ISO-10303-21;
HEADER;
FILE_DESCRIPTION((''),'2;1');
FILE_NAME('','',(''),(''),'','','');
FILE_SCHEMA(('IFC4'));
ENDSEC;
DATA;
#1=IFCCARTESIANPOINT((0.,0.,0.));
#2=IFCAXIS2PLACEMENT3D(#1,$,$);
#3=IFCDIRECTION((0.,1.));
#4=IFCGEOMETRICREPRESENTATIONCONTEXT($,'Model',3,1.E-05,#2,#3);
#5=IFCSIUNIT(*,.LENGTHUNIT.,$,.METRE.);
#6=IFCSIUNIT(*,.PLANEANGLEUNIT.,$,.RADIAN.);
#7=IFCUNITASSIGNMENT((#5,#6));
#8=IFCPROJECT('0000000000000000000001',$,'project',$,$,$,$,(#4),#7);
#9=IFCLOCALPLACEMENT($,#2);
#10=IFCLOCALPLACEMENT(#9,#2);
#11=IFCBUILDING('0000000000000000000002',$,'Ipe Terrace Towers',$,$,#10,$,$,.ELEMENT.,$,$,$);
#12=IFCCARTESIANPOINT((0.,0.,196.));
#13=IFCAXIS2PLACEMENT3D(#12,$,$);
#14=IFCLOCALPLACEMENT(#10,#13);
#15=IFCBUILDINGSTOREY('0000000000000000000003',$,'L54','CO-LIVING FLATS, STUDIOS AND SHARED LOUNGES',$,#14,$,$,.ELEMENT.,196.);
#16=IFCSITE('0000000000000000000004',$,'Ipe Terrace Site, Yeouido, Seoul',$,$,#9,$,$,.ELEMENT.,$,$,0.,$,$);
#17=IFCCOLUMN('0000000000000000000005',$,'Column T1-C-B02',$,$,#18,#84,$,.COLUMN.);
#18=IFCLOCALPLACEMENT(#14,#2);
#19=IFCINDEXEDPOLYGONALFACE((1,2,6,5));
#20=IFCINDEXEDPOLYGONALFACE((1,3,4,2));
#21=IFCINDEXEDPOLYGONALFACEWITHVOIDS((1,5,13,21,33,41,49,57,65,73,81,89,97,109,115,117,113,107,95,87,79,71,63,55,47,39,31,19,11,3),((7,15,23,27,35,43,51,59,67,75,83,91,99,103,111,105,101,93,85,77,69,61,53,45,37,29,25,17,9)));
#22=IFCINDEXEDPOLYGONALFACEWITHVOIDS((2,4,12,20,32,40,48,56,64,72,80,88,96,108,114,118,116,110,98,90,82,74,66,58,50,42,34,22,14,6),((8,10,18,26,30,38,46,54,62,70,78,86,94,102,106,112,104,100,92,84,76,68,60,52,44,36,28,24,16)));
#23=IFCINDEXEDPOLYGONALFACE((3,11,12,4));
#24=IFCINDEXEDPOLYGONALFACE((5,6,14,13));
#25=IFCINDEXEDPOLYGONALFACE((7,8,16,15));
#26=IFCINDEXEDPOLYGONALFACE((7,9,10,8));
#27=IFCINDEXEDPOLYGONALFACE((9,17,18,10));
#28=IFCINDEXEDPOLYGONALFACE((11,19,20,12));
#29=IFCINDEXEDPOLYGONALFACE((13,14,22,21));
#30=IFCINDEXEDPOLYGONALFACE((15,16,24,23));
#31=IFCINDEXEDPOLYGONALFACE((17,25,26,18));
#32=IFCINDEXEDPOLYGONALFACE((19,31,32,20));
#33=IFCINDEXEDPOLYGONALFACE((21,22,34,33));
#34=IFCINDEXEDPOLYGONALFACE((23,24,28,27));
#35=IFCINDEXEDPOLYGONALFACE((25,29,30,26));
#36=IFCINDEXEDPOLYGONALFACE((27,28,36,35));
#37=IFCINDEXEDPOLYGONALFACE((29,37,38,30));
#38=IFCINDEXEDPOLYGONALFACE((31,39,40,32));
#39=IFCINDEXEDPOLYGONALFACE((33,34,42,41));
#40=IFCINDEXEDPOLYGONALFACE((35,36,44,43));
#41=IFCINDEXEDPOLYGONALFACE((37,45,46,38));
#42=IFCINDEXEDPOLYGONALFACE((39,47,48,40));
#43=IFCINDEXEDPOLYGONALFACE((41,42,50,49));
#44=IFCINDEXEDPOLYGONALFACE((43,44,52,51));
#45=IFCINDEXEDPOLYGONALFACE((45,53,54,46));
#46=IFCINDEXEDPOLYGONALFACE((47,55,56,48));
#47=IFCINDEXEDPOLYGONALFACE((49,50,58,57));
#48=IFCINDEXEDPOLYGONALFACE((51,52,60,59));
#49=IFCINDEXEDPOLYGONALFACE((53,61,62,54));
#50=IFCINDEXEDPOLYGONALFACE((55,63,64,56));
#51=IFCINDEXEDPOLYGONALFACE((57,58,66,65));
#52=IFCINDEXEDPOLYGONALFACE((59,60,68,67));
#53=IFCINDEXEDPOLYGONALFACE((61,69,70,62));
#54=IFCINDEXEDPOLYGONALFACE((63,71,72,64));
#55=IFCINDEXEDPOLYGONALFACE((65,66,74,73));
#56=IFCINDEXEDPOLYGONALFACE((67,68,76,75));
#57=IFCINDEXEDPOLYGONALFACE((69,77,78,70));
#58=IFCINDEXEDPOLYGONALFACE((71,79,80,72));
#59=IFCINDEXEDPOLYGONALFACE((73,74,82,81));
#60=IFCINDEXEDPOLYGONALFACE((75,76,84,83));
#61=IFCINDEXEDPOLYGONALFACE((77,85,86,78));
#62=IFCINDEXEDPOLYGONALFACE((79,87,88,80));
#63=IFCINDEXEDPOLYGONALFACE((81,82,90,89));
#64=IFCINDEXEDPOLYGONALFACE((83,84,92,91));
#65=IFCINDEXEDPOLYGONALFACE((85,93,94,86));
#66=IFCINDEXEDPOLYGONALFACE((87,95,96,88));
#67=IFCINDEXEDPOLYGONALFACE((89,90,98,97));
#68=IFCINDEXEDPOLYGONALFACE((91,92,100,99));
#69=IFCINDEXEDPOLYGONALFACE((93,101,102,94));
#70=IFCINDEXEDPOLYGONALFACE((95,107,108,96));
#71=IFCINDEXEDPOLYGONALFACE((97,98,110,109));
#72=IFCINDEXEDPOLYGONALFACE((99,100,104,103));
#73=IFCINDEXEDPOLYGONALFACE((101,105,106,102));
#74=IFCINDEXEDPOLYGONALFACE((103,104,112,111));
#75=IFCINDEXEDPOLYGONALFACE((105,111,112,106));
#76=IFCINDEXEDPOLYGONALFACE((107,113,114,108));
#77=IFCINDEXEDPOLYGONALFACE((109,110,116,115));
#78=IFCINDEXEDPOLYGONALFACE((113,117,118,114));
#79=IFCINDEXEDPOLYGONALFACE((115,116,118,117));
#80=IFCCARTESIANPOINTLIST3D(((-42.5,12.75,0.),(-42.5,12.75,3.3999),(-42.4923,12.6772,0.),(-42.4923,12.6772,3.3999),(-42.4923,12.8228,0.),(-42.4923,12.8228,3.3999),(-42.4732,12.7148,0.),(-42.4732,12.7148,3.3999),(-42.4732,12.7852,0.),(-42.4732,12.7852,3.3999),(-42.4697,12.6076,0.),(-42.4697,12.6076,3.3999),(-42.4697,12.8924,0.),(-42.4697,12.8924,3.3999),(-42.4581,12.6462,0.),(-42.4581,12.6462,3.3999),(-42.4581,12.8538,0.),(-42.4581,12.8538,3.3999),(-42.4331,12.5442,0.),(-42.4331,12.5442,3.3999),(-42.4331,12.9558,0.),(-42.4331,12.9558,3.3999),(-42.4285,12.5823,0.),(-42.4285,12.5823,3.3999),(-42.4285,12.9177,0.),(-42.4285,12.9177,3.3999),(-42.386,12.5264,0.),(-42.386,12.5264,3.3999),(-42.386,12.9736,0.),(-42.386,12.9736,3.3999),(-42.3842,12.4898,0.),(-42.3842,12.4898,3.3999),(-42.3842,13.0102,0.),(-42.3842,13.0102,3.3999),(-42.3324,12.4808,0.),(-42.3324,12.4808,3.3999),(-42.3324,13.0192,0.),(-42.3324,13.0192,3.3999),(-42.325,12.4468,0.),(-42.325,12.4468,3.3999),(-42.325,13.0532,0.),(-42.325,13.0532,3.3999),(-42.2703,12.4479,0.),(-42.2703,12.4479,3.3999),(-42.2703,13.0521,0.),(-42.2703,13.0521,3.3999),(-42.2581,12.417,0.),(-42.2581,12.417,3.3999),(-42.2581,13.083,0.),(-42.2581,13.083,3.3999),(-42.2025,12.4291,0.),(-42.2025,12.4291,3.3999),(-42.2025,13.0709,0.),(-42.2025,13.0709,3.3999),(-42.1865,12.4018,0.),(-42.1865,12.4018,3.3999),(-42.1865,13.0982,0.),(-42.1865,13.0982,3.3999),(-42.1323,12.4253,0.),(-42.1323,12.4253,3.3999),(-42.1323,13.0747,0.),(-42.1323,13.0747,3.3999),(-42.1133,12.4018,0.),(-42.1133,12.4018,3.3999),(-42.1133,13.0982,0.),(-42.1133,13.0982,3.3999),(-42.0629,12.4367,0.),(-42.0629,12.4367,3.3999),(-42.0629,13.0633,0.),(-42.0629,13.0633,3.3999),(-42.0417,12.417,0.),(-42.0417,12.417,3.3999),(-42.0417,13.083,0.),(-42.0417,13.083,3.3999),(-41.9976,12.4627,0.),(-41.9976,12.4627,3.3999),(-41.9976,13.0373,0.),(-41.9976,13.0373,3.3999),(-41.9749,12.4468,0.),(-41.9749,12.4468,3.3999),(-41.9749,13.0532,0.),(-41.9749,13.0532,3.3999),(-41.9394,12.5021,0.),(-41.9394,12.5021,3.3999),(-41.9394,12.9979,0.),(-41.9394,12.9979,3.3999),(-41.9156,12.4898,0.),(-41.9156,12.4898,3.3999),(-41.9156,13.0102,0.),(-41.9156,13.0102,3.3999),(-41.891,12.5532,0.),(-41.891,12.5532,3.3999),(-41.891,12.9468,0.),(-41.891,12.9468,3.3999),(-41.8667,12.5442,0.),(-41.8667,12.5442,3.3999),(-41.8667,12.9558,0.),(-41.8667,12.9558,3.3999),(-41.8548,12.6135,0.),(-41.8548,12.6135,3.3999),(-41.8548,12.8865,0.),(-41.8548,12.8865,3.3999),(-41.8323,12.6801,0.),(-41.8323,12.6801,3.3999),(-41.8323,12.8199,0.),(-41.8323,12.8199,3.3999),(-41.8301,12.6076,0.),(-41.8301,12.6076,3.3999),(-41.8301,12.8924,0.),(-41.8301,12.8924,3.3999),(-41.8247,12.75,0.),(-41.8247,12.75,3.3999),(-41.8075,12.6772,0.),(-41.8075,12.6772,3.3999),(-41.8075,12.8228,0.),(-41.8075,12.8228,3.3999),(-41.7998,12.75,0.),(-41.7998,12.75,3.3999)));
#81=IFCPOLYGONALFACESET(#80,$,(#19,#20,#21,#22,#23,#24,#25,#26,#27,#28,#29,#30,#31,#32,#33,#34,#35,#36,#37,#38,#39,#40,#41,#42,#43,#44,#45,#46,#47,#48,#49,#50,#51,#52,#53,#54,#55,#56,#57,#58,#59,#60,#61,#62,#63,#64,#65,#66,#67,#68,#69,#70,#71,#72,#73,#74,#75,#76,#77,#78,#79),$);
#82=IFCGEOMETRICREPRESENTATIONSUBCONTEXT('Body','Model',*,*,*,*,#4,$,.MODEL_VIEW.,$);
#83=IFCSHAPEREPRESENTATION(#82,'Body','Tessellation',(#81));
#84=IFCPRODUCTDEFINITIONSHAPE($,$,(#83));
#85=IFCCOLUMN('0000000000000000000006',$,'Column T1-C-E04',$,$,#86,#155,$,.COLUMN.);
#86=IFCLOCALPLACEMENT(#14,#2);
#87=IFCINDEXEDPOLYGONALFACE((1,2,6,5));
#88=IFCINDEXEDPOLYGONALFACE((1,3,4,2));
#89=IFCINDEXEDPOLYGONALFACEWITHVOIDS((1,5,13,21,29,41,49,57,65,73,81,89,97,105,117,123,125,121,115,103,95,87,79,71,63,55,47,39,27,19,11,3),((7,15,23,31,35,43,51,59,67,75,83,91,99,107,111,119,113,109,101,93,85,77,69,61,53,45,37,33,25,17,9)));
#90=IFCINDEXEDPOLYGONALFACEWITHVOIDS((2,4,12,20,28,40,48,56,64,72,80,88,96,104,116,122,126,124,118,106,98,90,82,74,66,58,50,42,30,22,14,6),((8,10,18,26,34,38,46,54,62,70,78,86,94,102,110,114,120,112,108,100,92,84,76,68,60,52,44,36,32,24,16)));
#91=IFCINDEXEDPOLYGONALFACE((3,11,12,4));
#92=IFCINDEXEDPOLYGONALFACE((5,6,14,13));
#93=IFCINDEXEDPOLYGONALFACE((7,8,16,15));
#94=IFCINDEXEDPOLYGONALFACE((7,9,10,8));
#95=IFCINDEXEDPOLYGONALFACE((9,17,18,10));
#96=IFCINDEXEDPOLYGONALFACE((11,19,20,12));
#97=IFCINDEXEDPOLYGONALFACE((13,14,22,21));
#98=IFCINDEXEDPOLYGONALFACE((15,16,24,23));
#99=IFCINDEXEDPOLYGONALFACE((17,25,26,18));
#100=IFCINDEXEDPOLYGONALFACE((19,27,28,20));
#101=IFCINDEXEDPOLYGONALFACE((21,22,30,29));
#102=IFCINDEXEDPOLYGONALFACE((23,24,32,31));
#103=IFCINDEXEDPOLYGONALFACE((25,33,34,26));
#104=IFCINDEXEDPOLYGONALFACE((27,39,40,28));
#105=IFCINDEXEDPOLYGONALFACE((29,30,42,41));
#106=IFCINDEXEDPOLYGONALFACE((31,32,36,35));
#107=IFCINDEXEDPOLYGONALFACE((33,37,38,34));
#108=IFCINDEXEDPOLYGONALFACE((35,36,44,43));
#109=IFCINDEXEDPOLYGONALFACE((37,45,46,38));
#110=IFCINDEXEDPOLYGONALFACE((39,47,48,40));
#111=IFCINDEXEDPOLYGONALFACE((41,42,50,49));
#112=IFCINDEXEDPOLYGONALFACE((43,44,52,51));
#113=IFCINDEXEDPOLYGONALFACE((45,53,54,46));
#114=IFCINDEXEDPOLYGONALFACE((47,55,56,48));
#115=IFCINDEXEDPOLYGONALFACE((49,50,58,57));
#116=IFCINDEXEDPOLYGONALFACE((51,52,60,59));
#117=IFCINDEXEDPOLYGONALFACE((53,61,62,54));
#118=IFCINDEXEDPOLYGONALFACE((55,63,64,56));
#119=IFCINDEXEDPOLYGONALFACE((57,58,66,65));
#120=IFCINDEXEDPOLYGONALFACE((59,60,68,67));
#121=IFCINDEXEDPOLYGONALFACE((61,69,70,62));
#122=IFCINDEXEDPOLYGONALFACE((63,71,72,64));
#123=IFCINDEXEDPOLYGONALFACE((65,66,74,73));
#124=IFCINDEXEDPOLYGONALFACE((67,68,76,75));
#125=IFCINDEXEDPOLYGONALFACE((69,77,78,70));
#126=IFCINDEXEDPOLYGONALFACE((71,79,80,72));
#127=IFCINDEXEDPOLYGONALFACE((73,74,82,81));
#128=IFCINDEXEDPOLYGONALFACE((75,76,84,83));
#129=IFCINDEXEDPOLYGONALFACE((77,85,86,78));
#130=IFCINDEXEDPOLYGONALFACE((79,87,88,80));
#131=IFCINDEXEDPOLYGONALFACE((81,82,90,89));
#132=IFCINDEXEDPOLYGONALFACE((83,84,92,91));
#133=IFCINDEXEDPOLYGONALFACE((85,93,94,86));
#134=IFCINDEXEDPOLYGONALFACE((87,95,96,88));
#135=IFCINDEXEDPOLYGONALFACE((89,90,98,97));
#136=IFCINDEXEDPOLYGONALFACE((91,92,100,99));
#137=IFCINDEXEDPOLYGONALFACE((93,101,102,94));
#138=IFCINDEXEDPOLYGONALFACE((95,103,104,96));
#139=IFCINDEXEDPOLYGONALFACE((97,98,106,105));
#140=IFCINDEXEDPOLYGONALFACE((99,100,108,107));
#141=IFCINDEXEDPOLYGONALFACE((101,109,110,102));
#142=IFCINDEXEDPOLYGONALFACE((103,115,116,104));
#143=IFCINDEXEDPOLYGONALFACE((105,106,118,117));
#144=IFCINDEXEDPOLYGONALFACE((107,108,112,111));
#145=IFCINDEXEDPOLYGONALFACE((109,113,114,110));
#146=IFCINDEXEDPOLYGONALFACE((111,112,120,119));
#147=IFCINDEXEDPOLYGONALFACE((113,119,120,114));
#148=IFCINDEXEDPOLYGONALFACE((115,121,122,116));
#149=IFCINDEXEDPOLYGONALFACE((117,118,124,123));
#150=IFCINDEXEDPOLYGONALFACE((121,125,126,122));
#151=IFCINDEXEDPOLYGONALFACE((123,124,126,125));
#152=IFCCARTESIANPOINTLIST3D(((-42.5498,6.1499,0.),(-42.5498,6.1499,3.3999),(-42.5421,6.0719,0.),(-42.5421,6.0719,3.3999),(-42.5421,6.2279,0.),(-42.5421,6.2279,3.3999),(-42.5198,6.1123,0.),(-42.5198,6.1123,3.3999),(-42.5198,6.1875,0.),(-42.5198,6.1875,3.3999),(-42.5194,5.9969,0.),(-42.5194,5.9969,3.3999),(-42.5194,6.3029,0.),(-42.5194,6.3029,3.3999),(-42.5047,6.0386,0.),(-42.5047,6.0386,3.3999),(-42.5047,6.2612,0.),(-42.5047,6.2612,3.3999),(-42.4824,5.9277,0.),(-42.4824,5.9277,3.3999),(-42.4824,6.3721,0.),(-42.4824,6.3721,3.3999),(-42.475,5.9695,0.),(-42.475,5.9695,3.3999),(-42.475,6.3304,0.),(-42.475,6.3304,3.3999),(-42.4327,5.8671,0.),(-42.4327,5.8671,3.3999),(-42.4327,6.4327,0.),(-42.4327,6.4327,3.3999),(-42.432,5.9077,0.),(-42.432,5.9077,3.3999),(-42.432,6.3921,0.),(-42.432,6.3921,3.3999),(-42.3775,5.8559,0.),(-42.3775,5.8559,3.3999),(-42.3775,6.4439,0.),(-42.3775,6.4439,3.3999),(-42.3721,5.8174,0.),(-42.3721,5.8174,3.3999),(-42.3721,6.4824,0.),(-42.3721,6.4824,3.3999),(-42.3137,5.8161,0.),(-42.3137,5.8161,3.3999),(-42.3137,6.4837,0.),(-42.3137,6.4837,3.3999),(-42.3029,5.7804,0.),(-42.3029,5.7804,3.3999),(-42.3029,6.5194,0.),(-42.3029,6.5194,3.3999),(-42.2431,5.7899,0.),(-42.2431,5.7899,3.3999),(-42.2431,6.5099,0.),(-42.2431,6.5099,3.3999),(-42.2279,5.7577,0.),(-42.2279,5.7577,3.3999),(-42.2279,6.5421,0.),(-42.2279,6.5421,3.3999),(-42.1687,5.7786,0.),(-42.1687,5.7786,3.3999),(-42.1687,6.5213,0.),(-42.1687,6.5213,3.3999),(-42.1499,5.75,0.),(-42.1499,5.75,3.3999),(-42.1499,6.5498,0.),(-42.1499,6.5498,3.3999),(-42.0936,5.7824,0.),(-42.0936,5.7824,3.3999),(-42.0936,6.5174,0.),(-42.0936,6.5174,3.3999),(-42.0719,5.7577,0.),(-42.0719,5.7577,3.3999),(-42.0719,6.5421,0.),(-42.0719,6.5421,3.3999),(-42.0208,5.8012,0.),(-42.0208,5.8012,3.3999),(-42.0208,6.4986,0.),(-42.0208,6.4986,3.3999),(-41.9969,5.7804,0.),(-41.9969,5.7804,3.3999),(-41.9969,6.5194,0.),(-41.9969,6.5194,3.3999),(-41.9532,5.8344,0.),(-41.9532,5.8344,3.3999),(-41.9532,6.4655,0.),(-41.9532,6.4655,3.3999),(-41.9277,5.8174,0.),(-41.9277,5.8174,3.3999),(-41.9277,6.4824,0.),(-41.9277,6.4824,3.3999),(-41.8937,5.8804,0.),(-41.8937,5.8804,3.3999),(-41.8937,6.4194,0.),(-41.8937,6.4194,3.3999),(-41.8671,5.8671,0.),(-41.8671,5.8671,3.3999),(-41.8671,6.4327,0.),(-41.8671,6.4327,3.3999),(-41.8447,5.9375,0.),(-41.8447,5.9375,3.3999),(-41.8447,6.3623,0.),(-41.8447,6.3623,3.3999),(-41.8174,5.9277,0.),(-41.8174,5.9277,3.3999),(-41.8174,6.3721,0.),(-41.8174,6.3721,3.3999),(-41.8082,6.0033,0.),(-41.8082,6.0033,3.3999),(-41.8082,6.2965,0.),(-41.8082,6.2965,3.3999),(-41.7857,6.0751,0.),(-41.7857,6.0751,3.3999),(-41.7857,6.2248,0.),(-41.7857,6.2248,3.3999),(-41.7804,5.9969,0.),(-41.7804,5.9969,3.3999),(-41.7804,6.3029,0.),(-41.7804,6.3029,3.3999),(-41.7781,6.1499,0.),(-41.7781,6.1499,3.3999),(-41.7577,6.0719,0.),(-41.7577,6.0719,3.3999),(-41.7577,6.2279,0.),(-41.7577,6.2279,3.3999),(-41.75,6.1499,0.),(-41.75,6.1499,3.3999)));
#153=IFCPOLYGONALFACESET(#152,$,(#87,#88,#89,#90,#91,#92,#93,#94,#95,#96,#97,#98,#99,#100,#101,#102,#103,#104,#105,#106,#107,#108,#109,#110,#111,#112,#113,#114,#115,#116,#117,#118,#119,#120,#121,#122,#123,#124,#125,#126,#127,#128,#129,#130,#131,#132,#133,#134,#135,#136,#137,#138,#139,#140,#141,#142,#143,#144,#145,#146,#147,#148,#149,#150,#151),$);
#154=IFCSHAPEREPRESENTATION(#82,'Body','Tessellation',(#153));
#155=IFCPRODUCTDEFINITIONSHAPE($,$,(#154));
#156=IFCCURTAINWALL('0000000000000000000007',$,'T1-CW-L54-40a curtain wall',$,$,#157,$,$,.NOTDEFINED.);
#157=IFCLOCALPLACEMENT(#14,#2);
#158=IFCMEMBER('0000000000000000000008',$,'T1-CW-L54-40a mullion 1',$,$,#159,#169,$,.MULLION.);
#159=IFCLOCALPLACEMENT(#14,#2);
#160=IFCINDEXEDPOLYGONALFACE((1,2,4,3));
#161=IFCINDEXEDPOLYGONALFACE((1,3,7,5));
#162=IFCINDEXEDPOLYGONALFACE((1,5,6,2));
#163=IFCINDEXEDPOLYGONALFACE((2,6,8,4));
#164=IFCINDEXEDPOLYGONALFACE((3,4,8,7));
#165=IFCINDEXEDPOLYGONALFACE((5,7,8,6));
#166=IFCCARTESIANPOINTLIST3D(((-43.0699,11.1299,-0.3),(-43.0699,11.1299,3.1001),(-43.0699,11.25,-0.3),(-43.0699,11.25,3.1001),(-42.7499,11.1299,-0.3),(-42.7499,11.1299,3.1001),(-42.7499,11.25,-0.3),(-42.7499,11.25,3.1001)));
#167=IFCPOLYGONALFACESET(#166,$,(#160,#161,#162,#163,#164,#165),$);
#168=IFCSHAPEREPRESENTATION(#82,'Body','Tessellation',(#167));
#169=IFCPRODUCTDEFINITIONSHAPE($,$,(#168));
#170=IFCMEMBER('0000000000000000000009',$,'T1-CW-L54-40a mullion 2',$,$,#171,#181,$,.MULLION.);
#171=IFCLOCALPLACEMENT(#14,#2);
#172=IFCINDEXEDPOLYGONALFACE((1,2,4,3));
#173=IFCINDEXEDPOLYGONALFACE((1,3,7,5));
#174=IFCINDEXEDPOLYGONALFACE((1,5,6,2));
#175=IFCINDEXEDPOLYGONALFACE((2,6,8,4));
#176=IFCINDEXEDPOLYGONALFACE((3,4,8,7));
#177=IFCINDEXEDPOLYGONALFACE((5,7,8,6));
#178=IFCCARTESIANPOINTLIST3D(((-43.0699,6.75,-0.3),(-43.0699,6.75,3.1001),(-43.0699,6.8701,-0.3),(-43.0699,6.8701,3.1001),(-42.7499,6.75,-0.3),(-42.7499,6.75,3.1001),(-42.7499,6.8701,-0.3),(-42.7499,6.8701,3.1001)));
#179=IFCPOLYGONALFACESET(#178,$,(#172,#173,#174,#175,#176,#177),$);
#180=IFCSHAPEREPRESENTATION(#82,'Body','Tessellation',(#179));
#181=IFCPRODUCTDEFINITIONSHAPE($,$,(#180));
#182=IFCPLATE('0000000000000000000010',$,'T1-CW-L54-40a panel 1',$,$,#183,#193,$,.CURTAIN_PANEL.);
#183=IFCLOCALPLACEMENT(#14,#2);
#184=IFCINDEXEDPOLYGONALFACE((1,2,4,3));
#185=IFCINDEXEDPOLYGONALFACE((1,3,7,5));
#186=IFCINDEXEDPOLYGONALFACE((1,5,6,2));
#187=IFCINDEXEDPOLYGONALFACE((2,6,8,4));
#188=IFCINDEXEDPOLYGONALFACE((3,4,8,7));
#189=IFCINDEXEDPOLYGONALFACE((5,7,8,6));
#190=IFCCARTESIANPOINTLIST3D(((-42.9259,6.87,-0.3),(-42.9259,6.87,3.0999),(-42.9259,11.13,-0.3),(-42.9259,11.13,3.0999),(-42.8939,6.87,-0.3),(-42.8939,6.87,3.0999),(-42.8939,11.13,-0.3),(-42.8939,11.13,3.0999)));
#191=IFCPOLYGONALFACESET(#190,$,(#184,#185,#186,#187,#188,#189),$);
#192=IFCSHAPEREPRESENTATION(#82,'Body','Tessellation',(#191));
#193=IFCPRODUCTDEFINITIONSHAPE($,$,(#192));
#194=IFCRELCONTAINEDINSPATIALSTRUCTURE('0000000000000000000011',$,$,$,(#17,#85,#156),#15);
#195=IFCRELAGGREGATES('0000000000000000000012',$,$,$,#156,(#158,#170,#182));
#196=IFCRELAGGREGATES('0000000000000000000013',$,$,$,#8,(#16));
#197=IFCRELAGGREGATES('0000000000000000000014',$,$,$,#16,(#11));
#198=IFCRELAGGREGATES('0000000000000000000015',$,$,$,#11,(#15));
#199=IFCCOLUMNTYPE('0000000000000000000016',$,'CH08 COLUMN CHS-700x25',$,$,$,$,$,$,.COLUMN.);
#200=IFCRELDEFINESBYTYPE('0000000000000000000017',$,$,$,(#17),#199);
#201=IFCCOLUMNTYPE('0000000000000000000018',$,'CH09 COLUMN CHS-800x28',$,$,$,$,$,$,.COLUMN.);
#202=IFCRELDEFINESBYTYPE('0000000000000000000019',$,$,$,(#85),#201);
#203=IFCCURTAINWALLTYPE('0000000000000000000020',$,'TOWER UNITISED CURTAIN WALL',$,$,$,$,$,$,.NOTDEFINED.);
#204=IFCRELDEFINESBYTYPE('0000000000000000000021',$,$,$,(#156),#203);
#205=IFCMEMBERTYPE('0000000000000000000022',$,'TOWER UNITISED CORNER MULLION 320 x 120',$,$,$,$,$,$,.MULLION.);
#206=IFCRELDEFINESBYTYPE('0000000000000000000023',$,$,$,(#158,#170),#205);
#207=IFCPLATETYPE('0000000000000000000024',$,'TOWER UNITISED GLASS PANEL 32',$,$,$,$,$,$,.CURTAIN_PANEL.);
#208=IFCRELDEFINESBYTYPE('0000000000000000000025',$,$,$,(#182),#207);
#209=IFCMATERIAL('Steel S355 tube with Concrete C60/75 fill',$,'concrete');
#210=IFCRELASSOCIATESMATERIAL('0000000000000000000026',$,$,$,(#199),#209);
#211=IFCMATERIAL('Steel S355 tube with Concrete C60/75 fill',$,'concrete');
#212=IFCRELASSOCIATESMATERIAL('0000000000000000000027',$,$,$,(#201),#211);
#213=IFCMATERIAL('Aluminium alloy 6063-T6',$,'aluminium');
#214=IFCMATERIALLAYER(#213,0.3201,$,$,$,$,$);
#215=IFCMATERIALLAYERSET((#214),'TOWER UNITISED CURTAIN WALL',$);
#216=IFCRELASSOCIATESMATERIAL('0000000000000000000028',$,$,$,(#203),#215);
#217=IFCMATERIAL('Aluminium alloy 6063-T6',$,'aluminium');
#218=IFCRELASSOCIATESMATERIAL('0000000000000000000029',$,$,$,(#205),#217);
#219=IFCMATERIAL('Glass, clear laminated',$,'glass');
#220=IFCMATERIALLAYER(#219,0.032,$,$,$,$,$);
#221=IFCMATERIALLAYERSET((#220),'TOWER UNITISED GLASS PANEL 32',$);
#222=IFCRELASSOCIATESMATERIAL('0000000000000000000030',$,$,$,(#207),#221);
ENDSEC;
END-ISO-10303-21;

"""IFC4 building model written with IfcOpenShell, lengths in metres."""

from ifc_helpers import new_model, si_unit, direction, frame, origin, origin_2d, place, context, subcontext, project, spatial, rectangle, hollow_circle, extrude, material, layer, layer_set, material_profile, profile_set, type_object, element, aggregate, save


model = new_model("IFC4")

# Units and contexts
model_context = context("Model", 3, precision=1e-05, world=origin(), true_north=direction((0.0, 1.0)))
body_context = subcontext(model_context, "Body", "Model", "MODEL_VIEW")
ifc_project = project(units=[si_unit("LENGTHUNIT", "METRE"), si_unit("PLANEANGLEUNIT", "RADIAN")], contexts=[model_context])

# Site, building, storey
site_placement = place(None, origin())
site = spatial("IfcSite", under=ifc_project, at=site_placement, Name="Ipe Terrace Site, Yeouido, Seoul", CompositionType="ELEMENT", RefElevation=0.0)
building_placement = place(site_placement, origin())
building = spatial("IfcBuilding", under=site, at=building_placement, Name="Ipe Terrace Towers", CompositionType="ELEMENT")
storey_placement = place(building_placement, frame((0.0, 0.0, 196.0)))
storey = spatial("IfcBuildingStorey", under=building, at=storey_placement, Name="L54", Description="CO-LIVING FLATS, STUDIOS AND SHARED LOUNGES", CompositionType="ELEMENT", Elevation=196.0)

# Columns
ifc_material_1 = material(Name="Steel S355 tube with Concrete C60/75 fill", Category="concrete")
ifc_material_profile_1 = material_profile(ifc_material_1, hollow_circle(Radius=0.3501, WallThickness=0.0249, at=origin_2d()), Name="CHS-700x25")
ifc_profile_set_1 = profile_set([ifc_material_profile_1], Name="Steel S355 tube with Concrete C60/75 fill")
column_type_1 = type_object("IfcColumnType", Name="CH08 COLUMN CHS-700x25", PredefinedType="COLUMN", material=ifc_profile_set_1)
column_1_placement = place(storey_placement, frame((-42.1499, 12.75, 0.0), z_axis=(0.0, 0.0, 1.0), x_axis=(1.0, 0.0, 0.0)))
element("IfcColumn", 1, at=column_1_placement, inside=storey, type_object=column_type_1, Name="Column T1-C-B02", PredefinedType="COLUMN", context=body_context, shape_type="SweptSolid", body=[
    extrude(hollow_circle(Radius=0.3501, WallThickness=0.0249, at=origin_2d()), origin(), (0.0, 0.0, 1.0), 3.3999),
])
ifc_material_2 = material(Name="Steel S355 tube with Concrete C60/75 fill", Category="concrete")
ifc_material_profile_2 = material_profile(ifc_material_2, hollow_circle(Radius=0.3999, WallThickness=0.0281, at=origin_2d()), Name="CHS-800x28")
ifc_profile_set_2 = profile_set([ifc_material_profile_2], Name="Steel S355 tube with Concrete C60/75 fill")
column_type_2 = type_object("IfcColumnType", Name="CH09 COLUMN CHS-800x28", PredefinedType="COLUMN", material=ifc_profile_set_2)
column_2_placement = place(storey_placement, frame((-42.1499, 6.1499, 0.0), z_axis=(0.0, 0.0, 1.0), x_axis=(1.0, 0.0, 0.0)))
element("IfcColumn", 2, at=column_2_placement, inside=storey, type_object=column_type_2, Name="Column T1-C-E04", PredefinedType="COLUMN", context=body_context, shape_type="SweptSolid", body=[
    extrude(hollow_circle(Radius=0.3999, WallThickness=0.0281, at=origin_2d()), origin(), (0.0, 0.0, 1.0), 3.3999),
])

# Curtain wall, members, plate
ifc_material_3 = material(Name="Aluminium alloy 6063-T6", Category="aluminium")
ifc_layer_1 = layer(ifc_material_3, 0.3201)
ifc_layer_set_1 = layer_set([ifc_layer_1], Name="TOWER UNITISED CURTAIN WALL")
curtain_wall_type = type_object("IfcCurtainWallType", Name="TOWER UNITISED CURTAIN WALL", PredefinedType="NOTDEFINED", material=ifc_layer_set_1)
curtain_wall_placement = place(storey_placement, origin())
curtain_wall = element("IfcCurtainWall", 3, at=curtain_wall_placement, inside=storey, type_object=curtain_wall_type, Name="T1-CW-L54-40a curtain wall", PredefinedType="NOTDEFINED")
ifc_material_4 = material(Name="Aluminium alloy 6063-T6", Category="aluminium")
ifc_material_profile_3 = material_profile(ifc_material_4, rectangle(XDim=0.3201, YDim=0.1201, at=origin_2d()), Name="TOWER UNITISED CORNER MULLION 320 x 120")
ifc_profile_set_3 = profile_set([ifc_material_profile_3], Name="Aluminium alloy 6063-T6")
member_type = type_object("IfcMemberType", Name="TOWER UNITISED CORNER MULLION 320 x 120", PredefinedType="MULLION", material=ifc_profile_set_3)
member_1_placement = place(storey_placement, frame((-42.9099, 11.1899, -0.3), z_axis=(0.0, 0.0, 1.0), x_axis=(-1.0, 0.0, 0.0)))
member_1 = element("IfcMember", 4, at=member_1_placement, type_object=member_type, Name="T1-CW-L54-40a mullion 1", PredefinedType="MULLION", context=body_context, shape_type="SweptSolid", body=[
    extrude(rectangle(XDim=0.3201, YDim=0.1201, at=origin_2d()), origin(), (0.0, 0.0, 1.0), 3.4001),
])
member_2_placement = place(storey_placement, frame((-42.9099, 6.8101, -0.3), z_axis=(0.0, 0.0, 1.0), x_axis=(-1.0, 0.0, 0.0)))
member_2 = element("IfcMember", 5, at=member_2_placement, type_object=member_type, Name="T1-CW-L54-40a mullion 2", PredefinedType="MULLION", context=body_context, shape_type="SweptSolid", body=[
    extrude(rectangle(XDim=0.3201, YDim=0.1201, at=origin_2d()), origin(), (0.0, 0.0, 1.0), 3.4001),
])
ifc_material_5 = material(Name="Glass, clear laminated", Category="glass")
ifc_layer_2 = layer(ifc_material_5, 0.032)
ifc_layer_set_2 = layer_set([ifc_layer_2], Name="TOWER UNITISED GLASS PANEL 32")
plate_type = type_object("IfcPlateType", Name="TOWER UNITISED GLASS PANEL 32", PredefinedType="CURTAIN_PANEL", material=ifc_layer_set_2)
plate_placement = place(storey_placement, frame((-42.9099, 9.0, -0.3), z_axis=(0.0, 0.0, 1.0), x_axis=(0.0, -1.0, 0.0)))
plate = element("IfcPlate", 6, at=plate_placement, type_object=plate_type, Name="T1-CW-L54-40a panel 1", PredefinedType="CURTAIN_PANEL", context=body_context, shape_type="SweptSolid", body=[
    extrude(rectangle(XDim=4.26, YDim=0.032, at=origin_2d()), origin(), (0.0, 0.0, 1.0), 3.3999),
])
aggregate(curtain_wall, [member_1, member_2, plate])

save(model, "model.ifc")
